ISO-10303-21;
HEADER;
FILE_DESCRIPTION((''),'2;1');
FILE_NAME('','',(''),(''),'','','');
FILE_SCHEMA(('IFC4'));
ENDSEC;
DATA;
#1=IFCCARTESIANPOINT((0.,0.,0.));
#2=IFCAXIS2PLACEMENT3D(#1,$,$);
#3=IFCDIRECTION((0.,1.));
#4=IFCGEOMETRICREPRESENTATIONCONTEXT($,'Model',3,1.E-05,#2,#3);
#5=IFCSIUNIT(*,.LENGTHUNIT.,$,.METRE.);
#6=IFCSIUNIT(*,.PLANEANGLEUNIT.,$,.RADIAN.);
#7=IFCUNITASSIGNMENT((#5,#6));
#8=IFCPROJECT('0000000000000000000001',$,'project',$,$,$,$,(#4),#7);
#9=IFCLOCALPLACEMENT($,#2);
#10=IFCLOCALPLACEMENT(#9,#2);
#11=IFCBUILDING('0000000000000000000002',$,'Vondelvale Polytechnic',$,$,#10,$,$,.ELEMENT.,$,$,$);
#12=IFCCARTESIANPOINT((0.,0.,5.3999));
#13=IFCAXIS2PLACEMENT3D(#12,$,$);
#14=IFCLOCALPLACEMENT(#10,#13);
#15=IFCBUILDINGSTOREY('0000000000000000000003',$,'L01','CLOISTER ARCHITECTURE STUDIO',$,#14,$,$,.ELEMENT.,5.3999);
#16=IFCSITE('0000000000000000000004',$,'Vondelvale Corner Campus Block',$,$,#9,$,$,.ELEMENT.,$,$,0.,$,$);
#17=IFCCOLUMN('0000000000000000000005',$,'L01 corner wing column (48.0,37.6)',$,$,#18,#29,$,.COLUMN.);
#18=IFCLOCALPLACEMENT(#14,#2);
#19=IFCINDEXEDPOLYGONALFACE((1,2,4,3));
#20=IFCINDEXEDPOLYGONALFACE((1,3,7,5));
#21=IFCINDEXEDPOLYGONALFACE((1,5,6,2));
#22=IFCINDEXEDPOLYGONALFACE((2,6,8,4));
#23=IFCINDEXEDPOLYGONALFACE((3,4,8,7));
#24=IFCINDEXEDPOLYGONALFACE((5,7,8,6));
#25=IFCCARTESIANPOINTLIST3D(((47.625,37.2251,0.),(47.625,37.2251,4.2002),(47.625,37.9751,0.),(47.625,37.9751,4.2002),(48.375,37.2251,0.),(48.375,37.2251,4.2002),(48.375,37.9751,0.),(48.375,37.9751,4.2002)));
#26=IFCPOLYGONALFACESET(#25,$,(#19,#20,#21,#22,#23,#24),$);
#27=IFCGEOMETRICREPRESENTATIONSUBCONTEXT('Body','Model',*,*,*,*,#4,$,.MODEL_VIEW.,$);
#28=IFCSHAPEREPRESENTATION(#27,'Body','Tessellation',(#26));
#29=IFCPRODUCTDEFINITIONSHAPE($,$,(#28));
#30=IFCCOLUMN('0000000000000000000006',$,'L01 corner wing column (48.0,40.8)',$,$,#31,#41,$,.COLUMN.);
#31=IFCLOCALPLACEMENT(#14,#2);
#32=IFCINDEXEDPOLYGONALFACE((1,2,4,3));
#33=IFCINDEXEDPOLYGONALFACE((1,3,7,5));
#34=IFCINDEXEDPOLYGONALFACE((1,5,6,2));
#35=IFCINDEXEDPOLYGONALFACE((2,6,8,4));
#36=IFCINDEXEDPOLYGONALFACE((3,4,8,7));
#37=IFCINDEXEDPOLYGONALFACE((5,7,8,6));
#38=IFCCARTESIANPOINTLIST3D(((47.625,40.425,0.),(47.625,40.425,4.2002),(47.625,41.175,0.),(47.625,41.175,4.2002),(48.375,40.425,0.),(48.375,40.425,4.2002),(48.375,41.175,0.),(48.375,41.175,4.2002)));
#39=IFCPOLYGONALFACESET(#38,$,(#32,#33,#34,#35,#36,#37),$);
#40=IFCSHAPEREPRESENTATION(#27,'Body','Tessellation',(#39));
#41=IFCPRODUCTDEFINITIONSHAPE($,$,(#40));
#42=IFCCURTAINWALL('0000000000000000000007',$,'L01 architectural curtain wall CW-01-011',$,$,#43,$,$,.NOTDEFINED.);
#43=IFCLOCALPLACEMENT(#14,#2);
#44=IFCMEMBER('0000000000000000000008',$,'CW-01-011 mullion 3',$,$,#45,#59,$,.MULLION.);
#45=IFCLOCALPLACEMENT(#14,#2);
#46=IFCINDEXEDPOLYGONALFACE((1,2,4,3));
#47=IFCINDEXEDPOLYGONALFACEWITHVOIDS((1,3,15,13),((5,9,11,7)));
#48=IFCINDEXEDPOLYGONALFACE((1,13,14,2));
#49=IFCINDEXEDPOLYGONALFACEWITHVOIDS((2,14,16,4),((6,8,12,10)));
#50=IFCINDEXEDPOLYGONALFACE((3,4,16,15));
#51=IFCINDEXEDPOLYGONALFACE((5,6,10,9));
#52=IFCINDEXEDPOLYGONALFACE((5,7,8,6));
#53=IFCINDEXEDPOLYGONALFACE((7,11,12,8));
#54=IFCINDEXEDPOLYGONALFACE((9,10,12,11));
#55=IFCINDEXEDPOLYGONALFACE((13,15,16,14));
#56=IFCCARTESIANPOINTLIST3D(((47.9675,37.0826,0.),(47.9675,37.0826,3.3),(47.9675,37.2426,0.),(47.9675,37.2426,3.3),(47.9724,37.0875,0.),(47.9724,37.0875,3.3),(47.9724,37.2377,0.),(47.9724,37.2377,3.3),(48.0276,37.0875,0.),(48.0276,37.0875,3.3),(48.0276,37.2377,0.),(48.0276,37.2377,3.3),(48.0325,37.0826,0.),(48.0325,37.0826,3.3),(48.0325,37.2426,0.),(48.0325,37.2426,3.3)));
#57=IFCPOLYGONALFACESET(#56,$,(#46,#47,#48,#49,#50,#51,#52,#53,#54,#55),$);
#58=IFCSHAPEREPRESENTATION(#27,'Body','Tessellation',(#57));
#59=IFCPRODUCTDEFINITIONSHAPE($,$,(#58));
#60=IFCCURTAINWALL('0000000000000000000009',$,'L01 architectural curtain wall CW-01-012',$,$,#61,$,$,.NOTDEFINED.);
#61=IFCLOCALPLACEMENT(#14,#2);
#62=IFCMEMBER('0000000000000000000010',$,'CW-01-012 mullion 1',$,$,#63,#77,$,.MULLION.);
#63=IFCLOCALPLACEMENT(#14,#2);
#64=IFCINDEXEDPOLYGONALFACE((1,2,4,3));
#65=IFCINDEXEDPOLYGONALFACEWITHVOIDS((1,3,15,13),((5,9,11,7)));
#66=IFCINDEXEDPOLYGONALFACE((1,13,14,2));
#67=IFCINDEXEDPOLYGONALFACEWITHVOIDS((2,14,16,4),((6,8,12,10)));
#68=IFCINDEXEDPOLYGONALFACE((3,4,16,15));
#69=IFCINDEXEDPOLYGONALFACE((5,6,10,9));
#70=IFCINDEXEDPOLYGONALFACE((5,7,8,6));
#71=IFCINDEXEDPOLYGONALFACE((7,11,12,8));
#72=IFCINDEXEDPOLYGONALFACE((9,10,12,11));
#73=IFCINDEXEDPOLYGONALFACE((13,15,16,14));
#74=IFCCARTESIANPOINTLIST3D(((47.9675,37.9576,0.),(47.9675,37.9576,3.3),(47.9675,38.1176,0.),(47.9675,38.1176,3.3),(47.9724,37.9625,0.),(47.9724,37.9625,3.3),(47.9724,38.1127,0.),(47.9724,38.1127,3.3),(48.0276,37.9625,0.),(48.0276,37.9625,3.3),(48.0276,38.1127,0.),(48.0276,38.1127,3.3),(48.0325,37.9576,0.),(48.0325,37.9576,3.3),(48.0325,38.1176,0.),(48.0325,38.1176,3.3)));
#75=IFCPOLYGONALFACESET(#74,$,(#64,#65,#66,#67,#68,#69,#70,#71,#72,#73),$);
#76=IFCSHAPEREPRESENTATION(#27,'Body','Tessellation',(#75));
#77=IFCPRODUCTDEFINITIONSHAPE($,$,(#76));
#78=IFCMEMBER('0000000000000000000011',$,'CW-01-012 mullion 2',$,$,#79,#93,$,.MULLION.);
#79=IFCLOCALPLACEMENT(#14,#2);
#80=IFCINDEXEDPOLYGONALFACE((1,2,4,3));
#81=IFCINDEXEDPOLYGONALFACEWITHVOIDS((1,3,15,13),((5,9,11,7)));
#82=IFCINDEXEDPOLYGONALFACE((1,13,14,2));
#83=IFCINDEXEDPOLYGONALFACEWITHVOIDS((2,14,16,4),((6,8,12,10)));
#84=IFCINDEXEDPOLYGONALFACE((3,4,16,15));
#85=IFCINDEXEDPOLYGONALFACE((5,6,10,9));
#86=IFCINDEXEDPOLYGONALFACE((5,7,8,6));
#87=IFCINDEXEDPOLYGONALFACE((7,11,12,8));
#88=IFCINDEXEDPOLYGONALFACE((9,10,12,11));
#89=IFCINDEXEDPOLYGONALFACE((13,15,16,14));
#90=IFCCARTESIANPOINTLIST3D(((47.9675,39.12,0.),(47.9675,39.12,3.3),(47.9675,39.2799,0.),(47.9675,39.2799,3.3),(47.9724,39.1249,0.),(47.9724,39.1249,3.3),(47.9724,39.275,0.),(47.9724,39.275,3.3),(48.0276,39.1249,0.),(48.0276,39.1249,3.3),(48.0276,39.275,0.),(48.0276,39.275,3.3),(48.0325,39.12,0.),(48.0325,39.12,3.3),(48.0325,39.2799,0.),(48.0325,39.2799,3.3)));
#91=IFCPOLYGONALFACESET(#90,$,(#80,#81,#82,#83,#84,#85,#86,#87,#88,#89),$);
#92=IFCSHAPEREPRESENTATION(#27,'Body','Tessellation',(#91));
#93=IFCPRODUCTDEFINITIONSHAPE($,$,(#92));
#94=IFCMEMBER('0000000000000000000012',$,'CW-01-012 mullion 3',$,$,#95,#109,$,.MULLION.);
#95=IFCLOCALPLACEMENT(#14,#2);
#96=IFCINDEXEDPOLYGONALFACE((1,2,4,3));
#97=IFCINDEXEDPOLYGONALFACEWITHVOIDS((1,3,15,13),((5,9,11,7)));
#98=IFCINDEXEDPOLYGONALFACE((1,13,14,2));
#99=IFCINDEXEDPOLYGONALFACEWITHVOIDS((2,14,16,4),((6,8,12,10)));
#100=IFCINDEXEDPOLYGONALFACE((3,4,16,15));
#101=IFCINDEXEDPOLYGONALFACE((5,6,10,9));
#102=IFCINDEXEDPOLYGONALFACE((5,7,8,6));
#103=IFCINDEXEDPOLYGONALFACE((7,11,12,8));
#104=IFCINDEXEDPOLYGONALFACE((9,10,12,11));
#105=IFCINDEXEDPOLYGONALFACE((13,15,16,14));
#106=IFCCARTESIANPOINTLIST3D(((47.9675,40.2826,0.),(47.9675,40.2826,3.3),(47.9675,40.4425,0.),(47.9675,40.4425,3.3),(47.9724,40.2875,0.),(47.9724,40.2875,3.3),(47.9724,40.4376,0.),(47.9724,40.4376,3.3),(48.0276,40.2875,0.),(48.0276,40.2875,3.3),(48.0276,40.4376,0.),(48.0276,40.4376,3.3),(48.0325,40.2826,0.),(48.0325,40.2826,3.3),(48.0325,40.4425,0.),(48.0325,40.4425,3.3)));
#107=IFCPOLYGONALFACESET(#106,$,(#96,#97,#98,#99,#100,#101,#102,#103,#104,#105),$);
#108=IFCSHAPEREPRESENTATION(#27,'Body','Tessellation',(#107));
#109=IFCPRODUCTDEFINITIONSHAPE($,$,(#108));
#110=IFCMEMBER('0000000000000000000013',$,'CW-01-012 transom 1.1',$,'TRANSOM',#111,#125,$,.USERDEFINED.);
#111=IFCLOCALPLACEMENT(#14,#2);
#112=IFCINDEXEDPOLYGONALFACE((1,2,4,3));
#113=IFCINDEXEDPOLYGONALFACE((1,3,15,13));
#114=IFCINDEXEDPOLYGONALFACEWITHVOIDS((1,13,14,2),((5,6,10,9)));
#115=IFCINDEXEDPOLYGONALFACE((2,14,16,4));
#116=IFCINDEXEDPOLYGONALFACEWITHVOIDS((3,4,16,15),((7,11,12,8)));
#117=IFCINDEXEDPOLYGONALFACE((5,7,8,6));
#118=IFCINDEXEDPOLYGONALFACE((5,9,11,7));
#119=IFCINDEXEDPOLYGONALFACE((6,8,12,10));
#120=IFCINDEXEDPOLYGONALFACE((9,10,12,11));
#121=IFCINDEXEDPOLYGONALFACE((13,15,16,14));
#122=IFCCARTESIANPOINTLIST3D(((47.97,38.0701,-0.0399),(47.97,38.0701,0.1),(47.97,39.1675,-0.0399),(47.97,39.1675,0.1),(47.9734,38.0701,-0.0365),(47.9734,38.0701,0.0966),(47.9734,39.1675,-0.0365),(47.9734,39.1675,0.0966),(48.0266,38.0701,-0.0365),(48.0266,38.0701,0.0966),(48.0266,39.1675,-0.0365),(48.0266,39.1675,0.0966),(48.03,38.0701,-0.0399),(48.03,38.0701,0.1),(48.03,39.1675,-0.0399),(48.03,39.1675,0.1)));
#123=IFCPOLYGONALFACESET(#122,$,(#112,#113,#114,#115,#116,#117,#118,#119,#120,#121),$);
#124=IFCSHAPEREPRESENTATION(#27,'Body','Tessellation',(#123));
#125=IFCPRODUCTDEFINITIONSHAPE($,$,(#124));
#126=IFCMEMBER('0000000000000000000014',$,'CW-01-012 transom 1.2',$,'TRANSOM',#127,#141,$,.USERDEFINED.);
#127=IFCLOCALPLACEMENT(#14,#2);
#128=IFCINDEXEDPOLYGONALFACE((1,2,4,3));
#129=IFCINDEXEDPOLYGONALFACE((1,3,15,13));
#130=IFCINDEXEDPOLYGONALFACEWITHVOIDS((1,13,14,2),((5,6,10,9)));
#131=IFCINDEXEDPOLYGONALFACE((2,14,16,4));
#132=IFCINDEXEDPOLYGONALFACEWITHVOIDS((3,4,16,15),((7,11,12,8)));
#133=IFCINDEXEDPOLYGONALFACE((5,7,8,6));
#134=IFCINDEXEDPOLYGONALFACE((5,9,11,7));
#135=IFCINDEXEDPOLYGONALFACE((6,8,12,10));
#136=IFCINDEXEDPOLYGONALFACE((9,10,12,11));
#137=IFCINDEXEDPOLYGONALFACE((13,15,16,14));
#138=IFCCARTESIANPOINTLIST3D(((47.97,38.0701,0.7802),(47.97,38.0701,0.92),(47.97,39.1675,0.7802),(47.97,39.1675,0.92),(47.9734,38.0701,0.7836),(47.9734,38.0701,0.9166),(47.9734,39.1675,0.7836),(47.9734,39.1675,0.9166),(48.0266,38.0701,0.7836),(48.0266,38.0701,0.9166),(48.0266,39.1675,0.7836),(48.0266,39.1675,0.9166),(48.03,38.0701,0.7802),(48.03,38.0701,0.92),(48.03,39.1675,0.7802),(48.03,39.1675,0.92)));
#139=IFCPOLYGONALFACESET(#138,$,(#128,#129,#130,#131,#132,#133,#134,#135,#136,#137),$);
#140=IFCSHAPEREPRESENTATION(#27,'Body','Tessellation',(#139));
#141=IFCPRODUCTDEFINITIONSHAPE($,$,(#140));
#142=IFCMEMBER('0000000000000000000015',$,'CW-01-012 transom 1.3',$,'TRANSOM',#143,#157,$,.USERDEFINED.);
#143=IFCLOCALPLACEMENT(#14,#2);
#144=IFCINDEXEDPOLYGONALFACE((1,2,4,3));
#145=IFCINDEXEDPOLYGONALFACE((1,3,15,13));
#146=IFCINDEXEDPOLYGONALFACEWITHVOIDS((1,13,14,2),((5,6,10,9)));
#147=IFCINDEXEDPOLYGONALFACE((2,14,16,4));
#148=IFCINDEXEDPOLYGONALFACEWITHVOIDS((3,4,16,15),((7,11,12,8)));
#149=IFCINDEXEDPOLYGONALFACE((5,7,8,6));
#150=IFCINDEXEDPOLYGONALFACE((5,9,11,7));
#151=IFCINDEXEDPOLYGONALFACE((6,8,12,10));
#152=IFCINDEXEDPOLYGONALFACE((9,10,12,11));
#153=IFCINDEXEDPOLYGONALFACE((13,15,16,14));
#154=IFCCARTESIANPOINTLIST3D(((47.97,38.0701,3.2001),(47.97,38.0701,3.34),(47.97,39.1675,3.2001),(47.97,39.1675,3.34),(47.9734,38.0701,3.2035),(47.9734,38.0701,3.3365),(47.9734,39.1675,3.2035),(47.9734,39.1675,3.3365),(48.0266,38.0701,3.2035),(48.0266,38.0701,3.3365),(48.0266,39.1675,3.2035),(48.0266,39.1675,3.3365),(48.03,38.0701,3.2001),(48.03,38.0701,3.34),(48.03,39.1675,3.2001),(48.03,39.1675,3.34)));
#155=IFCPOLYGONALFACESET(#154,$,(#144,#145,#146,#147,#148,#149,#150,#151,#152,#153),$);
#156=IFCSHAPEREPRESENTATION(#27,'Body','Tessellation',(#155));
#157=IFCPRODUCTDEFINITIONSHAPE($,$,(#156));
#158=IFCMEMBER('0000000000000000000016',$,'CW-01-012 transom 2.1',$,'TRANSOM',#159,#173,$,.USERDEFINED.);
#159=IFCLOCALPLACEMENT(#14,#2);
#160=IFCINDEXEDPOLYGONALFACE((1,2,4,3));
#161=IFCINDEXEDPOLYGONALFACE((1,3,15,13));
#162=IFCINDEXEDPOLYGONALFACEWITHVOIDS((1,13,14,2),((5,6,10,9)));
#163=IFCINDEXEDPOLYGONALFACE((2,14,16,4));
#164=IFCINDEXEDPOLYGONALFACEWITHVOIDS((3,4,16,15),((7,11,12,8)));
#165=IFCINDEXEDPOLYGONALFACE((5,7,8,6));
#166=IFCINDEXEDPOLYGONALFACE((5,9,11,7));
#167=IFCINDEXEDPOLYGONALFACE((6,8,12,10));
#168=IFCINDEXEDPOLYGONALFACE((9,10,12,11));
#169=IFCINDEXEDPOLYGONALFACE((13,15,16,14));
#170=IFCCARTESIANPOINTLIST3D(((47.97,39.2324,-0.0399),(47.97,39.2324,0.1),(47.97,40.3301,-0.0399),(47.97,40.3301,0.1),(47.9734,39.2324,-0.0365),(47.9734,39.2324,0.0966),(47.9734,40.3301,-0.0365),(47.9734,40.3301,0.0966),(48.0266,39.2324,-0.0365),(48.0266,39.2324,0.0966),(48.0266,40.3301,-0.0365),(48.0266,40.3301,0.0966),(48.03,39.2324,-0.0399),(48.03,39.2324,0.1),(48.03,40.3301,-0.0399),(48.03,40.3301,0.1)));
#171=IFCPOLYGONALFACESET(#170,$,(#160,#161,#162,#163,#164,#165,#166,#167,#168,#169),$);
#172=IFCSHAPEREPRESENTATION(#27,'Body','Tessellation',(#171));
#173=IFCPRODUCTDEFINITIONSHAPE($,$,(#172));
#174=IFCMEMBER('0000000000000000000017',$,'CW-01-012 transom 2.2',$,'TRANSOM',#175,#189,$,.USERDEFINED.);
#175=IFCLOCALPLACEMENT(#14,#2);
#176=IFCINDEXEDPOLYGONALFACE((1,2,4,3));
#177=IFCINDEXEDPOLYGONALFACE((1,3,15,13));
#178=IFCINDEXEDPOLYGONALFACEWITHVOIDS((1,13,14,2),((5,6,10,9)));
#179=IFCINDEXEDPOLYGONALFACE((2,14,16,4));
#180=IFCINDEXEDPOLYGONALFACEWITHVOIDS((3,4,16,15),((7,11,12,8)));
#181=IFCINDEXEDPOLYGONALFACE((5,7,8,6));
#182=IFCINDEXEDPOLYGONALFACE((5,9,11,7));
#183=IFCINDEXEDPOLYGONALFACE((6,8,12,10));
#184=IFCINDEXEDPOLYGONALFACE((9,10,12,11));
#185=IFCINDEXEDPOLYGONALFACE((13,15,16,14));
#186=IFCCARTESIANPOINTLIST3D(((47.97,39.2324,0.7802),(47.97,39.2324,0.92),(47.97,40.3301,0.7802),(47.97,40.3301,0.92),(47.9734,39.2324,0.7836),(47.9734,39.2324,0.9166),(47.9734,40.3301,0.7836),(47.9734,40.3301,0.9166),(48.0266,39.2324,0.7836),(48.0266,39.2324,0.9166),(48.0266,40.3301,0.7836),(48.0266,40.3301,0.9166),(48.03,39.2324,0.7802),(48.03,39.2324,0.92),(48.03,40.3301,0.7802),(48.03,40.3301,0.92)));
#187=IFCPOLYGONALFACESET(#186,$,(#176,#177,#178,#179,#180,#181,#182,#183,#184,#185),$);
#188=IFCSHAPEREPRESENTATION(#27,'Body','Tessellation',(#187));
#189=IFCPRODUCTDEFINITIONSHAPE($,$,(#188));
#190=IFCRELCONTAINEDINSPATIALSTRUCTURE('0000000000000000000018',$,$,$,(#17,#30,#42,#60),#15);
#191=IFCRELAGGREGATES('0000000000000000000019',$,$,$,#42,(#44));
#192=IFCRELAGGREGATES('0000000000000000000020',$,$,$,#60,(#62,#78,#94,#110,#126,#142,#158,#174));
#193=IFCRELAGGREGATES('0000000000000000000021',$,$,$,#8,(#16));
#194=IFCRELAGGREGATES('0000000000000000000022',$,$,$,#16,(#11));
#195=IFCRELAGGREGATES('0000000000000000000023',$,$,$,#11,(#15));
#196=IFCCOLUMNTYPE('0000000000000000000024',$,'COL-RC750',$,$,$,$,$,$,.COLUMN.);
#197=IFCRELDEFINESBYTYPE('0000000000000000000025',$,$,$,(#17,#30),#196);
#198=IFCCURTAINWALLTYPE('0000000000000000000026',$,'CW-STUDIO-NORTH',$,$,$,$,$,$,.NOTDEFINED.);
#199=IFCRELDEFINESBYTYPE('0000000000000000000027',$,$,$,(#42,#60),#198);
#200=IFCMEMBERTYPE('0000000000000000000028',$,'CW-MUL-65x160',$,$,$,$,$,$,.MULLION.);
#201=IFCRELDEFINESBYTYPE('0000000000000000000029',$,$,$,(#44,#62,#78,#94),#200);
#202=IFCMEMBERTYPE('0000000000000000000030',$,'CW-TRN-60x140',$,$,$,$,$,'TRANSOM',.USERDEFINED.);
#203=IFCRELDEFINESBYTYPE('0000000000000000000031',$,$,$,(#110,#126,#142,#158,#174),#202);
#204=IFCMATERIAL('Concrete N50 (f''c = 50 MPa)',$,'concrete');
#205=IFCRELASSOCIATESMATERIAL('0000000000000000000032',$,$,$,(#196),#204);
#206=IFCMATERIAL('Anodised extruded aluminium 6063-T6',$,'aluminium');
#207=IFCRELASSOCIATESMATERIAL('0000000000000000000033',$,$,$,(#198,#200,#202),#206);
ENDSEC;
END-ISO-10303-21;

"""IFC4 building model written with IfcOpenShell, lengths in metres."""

from ifc_helpers import new_model, si_unit, direction, frame, origin, origin_2d, place, context, subcontext, project, spatial, rectangle, hollow_rectangle, extrude, material, material_profile, profile_set, type_object, element, aggregate, save


model = new_model("IFC4")

# Units and contexts
model_context = context("Model", 3, precision=1e-05, world=origin(), true_north=direction((0.0, 1.0)))
body_context = subcontext(model_context, "Body", "Model", "MODEL_VIEW")
ifc_project = project(units=[si_unit("LENGTHUNIT", "METRE"), si_unit("PLANEANGLEUNIT", "RADIAN")], contexts=[model_context])

# Site, building, storey
site_placement = place(None, origin())
site = spatial("IfcSite", under=ifc_project, at=site_placement, Name="Vondelvale Corner Campus Block", CompositionType="ELEMENT", RefElevation=0.0)
building_placement = place(site_placement, origin())
building = spatial("IfcBuilding", under=site, at=building_placement, Name="Vondelvale Polytechnic", CompositionType="ELEMENT")
storey_placement = place(building_placement, frame((0.0, 0.0, 5.3999)))
storey = spatial("IfcBuildingStorey", under=building, at=storey_placement, Name="L01", Description="CLOISTER ARCHITECTURE STUDIO", CompositionType="ELEMENT", Elevation=5.3999)

# Columns
ifc_material_1 = material(Name="Concrete N50 (f'c = 50 MPa)", Category="concrete")
ifc_material_profile_1 = material_profile(ifc_material_1, rectangle(XDim=0.75, YDim=0.75, at=origin_2d()), Name="RC-COL-750x750")
ifc_profile_set_1 = profile_set([ifc_material_profile_1], Name="Concrete N50 (f'c = 50 MPa)")
column_type = type_object("IfcColumnType", Name="COL-RC750", PredefinedType="COLUMN", material=ifc_profile_set_1)
for number, where, z_axis, x_axis, name in (
    (1, (48.0, 37.6001, 0.0), (0.0, 0.0, 1.0), (1.0, 0.0, 0.0), "L01 corner wing column (48.0,37.6)"),
    (2, (48.0, 40.8, 0.0), (0.0, 0.0, 1.0), (1.0, 0.0, 0.0), "L01 corner wing column (48.0,40.8)"),
):
    element("IfcColumn", number, at=place(storey_placement, frame(where, z_axis=z_axis, x_axis=x_axis)), inside=storey, type_object=column_type, Name=name, PredefinedType="COLUMN", context=body_context, shape_type="SweptSolid", body=[
        extrude(rectangle(XDim=0.75, YDim=0.75, at=origin_2d()), origin(), (0.0, 0.0, 1.0), 4.2002),
    ])

# Curtain wall, member
ifc_material_2 = material(Name="Anodised extruded aluminium 6063-T6", Category="aluminium")
curtain_wall_type_1 = type_object("IfcCurtainWallType", Name="CW-STUDIO-NORTH", PredefinedType="NOTDEFINED", material=ifc_material_2)
curtain_wall_1_placement = place(storey_placement, origin())
curtain_wall_1 = element("IfcCurtainWall", 3, at=curtain_wall_1_placement, inside=storey, type_object=curtain_wall_type_1, Name="L01 architectural curtain wall CW-01-011", PredefinedType="NOTDEFINED")
ifc_material_profile_2 = material_profile(ifc_material_2, hollow_rectangle(XDim=0.0649, YDim=0.1599, WallThickness=0.0049, at=origin_2d()), Name="CW-MUL-160x65")
ifc_profile_set_2 = profile_set([ifc_material_profile_2], Name="Anodised extruded aluminium 6063-T6")
member_type_1 = type_object("IfcMemberType", Name="CW-MUL-65x160", PredefinedType="MULLION", material=ifc_profile_set_2)
member_1_placement = place(storey_placement, frame((48.0, 37.1626, 0.0), z_axis=(0.0, 0.0, 1.0), x_axis=(-1.0, 0.0, 0.0)))
member_1 = element("IfcMember", 4, at=member_1_placement, type_object=member_type_1, Name="CW-01-011 mullion 3", PredefinedType="MULLION", context=body_context, shape_type="SweptSolid", body=[
    extrude(hollow_rectangle(XDim=0.0649, YDim=0.1599, WallThickness=0.0049, at=origin_2d()), origin(), (0.0, 0.0, 1.0), 3.3),
])

# Curtain wall, members
curtain_wall_2_placement = place(storey_placement, origin())
curtain_wall_2 = element("IfcCurtainWall", 5, at=curtain_wall_2_placement, inside=storey, type_object=curtain_wall_type_1, Name="L01 architectural curtain wall CW-01-012", PredefinedType="NOTDEFINED")
member_2_placement = place(storey_placement, frame((48.0, 38.0376, 0.0), z_axis=(0.0, 0.0, 1.0), x_axis=(-1.0, 0.0, 0.0)))
member_2 = element("IfcMember", 6, at=member_2_placement, type_object=member_type_1, Name="CW-01-012 mullion 1", PredefinedType="MULLION", context=body_context, shape_type="SweptSolid", body=[
    extrude(hollow_rectangle(XDim=0.0649, YDim=0.1599, WallThickness=0.0049, at=origin_2d()), origin(), (0.0, 0.0, 1.0), 3.3),
])
member_3_placement = place(storey_placement, frame((48.0, 39.2, 0.0), z_axis=(0.0, 0.0, 1.0), x_axis=(-1.0, 0.0, 0.0)))
member_3 = element("IfcMember", 7, at=member_3_placement, type_object=member_type_1, Name="CW-01-012 mullion 2", PredefinedType="MULLION", context=body_context, shape_type="SweptSolid", body=[
    extrude(hollow_rectangle(XDim=0.0649, YDim=0.1599, WallThickness=0.0049, at=origin_2d()), origin(), (0.0, 0.0, 1.0), 3.3),
])
member_4_placement = place(storey_placement, frame((48.0, 40.3625, 0.0), z_axis=(0.0, 0.0, 1.0), x_axis=(-1.0, 0.0, 0.0)))
member_4 = element("IfcMember", 8, at=member_4_placement, type_object=member_type_1, Name="CW-01-012 mullion 3", PredefinedType="MULLION", context=body_context, shape_type="SweptSolid", body=[
    extrude(hollow_rectangle(XDim=0.0649, YDim=0.1599, WallThickness=0.0049, at=origin_2d()), origin(), (0.0, 0.0, 1.0), 3.3),
])
ifc_material_profile_3 = material_profile(ifc_material_2, hollow_rectangle(XDim=0.0601, YDim=0.1399, WallThickness=0.0034, at=origin_2d()), Name="CW-TRN-140x60")
ifc_profile_set_3 = profile_set([ifc_material_profile_3], Name="Anodised extruded aluminium 6063-T6")
member_type_2 = type_object("IfcMemberType", Name="CW-TRN-60x140", ElementType="TRANSOM", PredefinedType="USERDEFINED", material=ifc_profile_set_3)
member_5_placement = place(storey_placement, frame((48.0, 38.0701, 0.03), z_axis=(0.0, 1.0, 0.0), x_axis=(-1.0, 0.0, 0.0)))
member_5 = element("IfcMember", 9, at=member_5_placement, type_object=member_type_2, Name="CW-01-012 transom 1.1", ObjectType="TRANSOM", PredefinedType="USERDEFINED", context=body_context, shape_type="SweptSolid", body=[
    extrude(hollow_rectangle(XDim=0.0601, YDim=0.1399, WallThickness=0.0034, at=origin_2d()), origin(), (0.0, 0.0, 1.0), 1.0974),
])
member_6_placement = place(storey_placement, frame((48.0, 38.0701, 0.8501), z_axis=(0.0, 1.0, 0.0), x_axis=(-1.0, 0.0, 0.0)))
member_6 = element("IfcMember", 10, at=member_6_placement, type_object=member_type_2, Name="CW-01-012 transom 1.2", ObjectType="TRANSOM", PredefinedType="USERDEFINED", context=body_context, shape_type="SweptSolid", body=[
    extrude(hollow_rectangle(XDim=0.0601, YDim=0.1399, WallThickness=0.0034, at=origin_2d()), origin(), (0.0, 0.0, 1.0), 1.0974),
])
member_7_placement = place(storey_placement, frame((48.0, 38.0701, 3.27), z_axis=(0.0, 1.0, 0.0), x_axis=(-1.0, 0.0, 0.0)))
member_7 = element("IfcMember", 11, at=member_7_placement, type_object=member_type_2, Name="CW-01-012 transom 1.3", ObjectType="TRANSOM", PredefinedType="USERDEFINED", context=body_context, shape_type="SweptSolid", body=[
    extrude(hollow_rectangle(XDim=0.0601, YDim=0.1399, WallThickness=0.0034, at=origin_2d()), origin(), (0.0, 0.0, 1.0), 1.0974),
])
member_8_placement = place(storey_placement, frame((48.0, 39.2324, 0.03), z_axis=(0.0, 1.0, 0.0), x_axis=(-1.0, 0.0, 0.0)))
member_8 = element("IfcMember", 12, at=member_8_placement, type_object=member_type_2, Name="CW-01-012 transom 2.1", ObjectType="TRANSOM", PredefinedType="USERDEFINED", context=body_context, shape_type="SweptSolid", body=[
    extrude(hollow_rectangle(XDim=0.0601, YDim=0.1399, WallThickness=0.0034, at=origin_2d()), origin(), (0.0, 0.0, 1.0), 1.0977),
])
member_9_placement = place(storey_placement, frame((48.0, 39.2324, 0.8501), z_axis=(0.0, 1.0, 0.0), x_axis=(-1.0, 0.0, 0.0)))
member_9 = element("IfcMember", 13, at=member_9_placement, type_object=member_type_2, Name="CW-01-012 transom 2.2", ObjectType="TRANSOM", PredefinedType="USERDEFINED", context=body_context, shape_type="SweptSolid", body=[
    extrude(hollow_rectangle(XDim=0.0601, YDim=0.1399, WallThickness=0.0034, at=origin_2d()), origin(), (0.0, 0.0, 1.0), 1.0977),
])

aggregate(curtain_wall_1, [member_1])
aggregate(curtain_wall_2, [member_2, member_3, member_4, member_5, member_6, member_7, member_8, member_9])

save(model, "model.ifc")
